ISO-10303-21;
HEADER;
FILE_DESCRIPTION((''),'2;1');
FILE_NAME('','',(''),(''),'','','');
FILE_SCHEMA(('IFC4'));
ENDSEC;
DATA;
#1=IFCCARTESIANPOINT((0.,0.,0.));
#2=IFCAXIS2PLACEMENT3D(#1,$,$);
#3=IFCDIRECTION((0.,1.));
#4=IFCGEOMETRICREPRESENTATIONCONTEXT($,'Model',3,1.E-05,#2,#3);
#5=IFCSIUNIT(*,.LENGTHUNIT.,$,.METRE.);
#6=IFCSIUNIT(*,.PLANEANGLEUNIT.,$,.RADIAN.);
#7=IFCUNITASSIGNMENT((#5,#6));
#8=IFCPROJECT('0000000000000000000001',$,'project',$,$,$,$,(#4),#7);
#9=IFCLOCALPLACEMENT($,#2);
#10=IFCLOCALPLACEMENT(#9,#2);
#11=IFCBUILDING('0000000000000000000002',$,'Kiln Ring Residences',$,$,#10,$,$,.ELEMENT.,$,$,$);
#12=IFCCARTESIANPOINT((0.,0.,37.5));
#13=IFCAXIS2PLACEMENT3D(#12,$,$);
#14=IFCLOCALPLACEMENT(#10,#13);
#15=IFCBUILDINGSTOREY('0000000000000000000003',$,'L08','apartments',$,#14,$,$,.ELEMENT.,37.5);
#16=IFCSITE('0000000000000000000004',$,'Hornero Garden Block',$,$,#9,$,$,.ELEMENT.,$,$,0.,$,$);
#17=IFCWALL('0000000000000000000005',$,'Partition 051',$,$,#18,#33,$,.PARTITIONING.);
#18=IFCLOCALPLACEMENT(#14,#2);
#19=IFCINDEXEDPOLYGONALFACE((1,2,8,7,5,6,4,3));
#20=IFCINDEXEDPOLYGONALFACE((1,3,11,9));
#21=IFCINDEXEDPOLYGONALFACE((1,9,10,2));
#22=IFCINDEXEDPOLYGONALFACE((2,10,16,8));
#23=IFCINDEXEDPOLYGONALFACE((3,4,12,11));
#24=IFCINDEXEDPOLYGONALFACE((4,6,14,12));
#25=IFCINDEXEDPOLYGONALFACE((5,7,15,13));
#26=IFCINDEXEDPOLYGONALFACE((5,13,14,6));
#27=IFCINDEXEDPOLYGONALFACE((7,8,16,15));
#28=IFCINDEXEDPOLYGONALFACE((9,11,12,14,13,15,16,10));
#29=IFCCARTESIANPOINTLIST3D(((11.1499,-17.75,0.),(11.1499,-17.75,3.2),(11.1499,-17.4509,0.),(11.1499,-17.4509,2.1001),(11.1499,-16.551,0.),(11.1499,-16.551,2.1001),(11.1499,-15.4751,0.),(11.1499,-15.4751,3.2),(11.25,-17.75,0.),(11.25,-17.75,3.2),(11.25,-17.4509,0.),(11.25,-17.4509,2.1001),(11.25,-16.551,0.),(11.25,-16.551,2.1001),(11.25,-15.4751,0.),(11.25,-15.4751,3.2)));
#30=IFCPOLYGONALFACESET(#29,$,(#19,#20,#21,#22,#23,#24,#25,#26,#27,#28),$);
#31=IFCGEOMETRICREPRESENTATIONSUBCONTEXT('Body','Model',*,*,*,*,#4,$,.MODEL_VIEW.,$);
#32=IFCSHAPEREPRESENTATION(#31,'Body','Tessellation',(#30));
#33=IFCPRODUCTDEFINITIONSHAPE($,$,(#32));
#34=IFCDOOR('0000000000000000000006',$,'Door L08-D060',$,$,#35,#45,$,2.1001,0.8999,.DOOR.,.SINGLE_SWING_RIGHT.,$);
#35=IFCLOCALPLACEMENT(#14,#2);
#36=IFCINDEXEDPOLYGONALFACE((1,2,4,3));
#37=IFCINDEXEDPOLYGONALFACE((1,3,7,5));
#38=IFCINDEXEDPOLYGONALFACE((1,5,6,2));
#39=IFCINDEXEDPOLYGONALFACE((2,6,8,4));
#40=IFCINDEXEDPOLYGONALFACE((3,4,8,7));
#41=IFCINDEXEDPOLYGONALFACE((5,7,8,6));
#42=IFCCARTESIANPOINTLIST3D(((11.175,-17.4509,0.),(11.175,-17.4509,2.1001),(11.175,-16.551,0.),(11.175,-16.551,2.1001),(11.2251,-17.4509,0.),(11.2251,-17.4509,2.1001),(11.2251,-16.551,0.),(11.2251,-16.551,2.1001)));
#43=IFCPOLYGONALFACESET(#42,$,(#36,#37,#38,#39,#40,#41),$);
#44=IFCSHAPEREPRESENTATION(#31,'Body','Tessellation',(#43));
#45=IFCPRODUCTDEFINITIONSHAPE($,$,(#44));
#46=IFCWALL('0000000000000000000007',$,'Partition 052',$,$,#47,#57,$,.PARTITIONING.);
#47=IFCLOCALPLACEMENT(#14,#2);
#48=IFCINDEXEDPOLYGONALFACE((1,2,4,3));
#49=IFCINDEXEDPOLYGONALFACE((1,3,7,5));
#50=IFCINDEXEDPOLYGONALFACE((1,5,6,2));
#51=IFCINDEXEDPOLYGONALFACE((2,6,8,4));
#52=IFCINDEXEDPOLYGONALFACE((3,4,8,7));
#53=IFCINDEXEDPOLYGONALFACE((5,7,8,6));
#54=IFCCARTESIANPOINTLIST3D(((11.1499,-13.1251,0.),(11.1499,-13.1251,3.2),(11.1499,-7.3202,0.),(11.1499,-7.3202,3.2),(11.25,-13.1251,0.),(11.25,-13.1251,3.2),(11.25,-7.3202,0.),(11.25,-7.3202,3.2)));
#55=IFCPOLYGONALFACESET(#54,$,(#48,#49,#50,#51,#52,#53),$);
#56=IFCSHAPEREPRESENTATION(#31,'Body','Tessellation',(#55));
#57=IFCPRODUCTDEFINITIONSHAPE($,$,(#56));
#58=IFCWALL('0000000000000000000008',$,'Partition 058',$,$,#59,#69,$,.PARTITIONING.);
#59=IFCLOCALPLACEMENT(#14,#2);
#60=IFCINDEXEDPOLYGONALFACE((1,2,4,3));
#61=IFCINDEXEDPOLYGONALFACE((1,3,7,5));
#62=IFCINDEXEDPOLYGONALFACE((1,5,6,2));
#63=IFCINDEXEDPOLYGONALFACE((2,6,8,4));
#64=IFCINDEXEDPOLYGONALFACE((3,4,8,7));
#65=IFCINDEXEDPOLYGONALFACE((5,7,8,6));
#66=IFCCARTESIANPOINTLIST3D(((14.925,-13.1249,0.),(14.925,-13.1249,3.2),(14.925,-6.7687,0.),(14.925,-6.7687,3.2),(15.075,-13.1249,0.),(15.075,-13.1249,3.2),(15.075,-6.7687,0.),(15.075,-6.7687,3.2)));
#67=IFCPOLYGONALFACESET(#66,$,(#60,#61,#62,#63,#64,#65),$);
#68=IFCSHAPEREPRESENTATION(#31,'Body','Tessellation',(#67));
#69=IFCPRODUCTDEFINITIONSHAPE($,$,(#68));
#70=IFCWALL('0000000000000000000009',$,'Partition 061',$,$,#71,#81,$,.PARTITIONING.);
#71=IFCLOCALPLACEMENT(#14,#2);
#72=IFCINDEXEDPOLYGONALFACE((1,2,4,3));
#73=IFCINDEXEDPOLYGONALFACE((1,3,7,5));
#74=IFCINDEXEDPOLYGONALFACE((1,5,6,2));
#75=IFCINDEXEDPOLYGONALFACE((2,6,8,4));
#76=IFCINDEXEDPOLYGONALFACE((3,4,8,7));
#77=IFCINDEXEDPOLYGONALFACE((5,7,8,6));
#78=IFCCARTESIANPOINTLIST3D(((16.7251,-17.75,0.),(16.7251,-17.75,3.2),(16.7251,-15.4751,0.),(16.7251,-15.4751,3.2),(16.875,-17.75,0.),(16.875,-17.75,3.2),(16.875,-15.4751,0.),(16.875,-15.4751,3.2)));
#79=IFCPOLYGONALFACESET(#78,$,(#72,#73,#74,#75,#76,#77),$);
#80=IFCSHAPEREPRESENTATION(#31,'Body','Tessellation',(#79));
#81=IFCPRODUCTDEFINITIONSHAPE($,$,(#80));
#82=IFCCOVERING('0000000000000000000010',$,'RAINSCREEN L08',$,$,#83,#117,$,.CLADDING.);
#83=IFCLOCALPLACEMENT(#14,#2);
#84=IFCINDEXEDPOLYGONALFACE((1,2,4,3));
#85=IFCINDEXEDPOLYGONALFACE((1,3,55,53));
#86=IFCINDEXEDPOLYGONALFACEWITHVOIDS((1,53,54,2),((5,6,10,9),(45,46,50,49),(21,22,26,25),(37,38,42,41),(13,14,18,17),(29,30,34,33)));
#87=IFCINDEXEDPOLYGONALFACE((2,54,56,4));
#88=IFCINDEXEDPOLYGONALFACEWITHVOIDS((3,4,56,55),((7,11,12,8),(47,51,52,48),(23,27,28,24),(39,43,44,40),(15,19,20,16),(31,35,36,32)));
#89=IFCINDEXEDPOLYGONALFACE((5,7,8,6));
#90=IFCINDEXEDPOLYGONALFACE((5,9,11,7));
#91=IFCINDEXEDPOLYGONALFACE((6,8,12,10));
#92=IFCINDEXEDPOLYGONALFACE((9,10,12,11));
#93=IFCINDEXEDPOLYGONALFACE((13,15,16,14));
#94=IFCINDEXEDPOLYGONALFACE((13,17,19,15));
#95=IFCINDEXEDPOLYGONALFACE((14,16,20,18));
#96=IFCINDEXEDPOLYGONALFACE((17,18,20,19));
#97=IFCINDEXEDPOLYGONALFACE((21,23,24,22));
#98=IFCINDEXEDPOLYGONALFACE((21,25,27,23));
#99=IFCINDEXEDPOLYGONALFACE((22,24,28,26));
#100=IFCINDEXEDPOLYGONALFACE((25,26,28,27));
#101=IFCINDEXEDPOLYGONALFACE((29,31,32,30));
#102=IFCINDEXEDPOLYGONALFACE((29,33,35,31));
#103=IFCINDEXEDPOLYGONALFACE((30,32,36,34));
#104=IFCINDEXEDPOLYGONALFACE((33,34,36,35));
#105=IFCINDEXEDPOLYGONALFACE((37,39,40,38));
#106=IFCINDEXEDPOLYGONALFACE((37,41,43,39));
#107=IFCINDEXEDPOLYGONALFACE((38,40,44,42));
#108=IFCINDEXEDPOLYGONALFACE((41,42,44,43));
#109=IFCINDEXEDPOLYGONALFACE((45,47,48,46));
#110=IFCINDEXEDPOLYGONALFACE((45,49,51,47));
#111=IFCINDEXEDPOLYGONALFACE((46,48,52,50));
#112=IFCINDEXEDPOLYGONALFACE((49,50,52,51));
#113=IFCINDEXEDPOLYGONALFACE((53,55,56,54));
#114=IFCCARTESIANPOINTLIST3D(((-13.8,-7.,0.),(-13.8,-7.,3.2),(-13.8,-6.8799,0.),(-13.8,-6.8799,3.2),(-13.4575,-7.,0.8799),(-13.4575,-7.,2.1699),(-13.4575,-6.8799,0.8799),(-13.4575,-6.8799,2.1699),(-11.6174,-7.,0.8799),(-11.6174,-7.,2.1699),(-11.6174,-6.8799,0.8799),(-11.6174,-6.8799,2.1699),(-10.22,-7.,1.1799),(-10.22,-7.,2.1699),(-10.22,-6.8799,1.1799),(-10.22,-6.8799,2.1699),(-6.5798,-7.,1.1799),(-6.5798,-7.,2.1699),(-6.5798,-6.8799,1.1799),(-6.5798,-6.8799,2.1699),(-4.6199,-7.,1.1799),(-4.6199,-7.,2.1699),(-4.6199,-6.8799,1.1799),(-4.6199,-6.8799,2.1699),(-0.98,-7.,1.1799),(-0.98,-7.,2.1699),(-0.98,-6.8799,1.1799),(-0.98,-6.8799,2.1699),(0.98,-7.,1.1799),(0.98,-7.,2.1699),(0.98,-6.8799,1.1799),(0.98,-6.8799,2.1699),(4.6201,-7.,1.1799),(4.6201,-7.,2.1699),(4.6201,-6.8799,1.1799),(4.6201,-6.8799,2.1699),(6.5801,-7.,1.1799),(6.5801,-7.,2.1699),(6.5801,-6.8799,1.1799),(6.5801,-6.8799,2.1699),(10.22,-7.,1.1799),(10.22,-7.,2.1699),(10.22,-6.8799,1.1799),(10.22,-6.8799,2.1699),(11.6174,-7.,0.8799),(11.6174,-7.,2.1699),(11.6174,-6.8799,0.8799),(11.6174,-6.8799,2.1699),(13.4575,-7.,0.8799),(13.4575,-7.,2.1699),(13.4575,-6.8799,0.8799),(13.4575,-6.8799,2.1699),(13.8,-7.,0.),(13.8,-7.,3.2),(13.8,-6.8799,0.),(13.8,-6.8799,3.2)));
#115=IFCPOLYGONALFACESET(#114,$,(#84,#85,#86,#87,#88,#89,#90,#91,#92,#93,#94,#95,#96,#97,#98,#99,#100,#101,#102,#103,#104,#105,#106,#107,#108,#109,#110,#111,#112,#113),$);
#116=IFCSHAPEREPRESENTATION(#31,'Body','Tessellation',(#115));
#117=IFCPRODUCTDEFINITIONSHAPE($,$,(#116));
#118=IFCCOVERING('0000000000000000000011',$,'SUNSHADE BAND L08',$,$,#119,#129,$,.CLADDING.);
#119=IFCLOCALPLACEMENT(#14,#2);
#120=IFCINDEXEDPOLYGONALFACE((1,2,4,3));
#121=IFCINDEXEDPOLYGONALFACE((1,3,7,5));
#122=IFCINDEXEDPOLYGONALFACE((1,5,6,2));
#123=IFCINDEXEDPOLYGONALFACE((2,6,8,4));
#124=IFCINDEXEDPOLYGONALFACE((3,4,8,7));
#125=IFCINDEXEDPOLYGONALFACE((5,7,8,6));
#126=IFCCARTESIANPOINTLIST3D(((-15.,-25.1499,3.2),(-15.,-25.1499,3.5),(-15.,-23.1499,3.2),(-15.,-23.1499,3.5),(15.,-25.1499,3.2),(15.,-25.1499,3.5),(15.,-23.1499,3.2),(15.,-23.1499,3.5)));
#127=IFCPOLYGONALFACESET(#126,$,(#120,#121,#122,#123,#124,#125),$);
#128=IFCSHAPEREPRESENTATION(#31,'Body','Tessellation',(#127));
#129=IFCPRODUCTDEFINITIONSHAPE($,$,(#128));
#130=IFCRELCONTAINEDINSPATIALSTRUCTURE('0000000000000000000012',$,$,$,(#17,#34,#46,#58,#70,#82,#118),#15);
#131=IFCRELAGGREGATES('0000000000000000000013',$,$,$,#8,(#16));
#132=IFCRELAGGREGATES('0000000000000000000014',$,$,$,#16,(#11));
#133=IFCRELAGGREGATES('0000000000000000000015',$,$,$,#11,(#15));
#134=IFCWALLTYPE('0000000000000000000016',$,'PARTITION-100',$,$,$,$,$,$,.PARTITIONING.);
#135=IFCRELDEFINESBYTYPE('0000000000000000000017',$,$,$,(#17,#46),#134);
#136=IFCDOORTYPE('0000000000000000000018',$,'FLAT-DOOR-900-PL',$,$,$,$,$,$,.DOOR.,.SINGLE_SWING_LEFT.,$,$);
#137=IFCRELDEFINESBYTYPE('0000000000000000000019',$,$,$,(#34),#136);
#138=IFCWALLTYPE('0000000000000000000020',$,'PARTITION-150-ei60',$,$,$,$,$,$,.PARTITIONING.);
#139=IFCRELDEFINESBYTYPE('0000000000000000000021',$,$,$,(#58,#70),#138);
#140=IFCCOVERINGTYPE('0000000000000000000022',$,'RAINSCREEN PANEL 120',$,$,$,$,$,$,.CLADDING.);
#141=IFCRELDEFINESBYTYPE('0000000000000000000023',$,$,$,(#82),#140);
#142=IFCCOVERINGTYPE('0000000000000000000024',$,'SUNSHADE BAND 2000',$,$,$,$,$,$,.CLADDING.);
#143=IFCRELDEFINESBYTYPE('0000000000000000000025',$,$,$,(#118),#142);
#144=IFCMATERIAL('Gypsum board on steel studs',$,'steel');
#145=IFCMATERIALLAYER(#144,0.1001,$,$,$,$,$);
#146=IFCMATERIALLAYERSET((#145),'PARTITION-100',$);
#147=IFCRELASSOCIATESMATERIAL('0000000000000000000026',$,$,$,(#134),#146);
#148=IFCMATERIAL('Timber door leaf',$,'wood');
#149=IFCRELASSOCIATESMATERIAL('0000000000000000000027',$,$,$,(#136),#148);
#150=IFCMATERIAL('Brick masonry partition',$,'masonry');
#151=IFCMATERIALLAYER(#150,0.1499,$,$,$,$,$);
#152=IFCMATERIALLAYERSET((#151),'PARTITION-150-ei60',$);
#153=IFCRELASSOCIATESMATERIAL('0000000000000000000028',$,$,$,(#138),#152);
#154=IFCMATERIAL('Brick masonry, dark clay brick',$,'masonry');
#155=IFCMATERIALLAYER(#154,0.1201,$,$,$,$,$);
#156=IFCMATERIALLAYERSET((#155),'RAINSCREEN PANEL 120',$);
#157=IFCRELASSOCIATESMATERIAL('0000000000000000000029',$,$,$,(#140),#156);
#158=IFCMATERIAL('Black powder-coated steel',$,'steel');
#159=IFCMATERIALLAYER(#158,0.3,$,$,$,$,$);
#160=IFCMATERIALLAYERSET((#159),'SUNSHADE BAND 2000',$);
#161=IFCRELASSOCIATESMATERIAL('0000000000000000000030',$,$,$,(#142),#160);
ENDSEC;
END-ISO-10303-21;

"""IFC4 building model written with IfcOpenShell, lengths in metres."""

from ifc_helpers import new_model, si_unit, direction, frame, frame_2d, origin, place, context, subcontext, project, spatial, polyline, rectangle, outline, extrude, material, layer, layer_set, type_object, element, fill, save


model = new_model("IFC4")

# Units and contexts
model_context = context("Model", 3, precision=1e-05, world=origin(), true_north=direction((0.0, 1.0)))
body_context = subcontext(model_context, "Body", "Model", "MODEL_VIEW")
ifc_project = project(units=[si_unit("LENGTHUNIT", "METRE"), si_unit("PLANEANGLEUNIT", "RADIAN")], contexts=[model_context])

# Site, building, storey
site_placement = place(None, origin())
site = spatial("IfcSite", under=ifc_project, at=site_placement, Name="Hornero Garden Block", CompositionType="ELEMENT", RefElevation=0.0)
building_placement = place(site_placement, origin())
building = spatial("IfcBuilding", under=site, at=building_placement, Name="Kiln Ring Residences", CompositionType="ELEMENT")
storey_placement = place(building_placement, frame((0.0, 0.0, 37.5)))
storey = spatial("IfcBuildingStorey", under=building, at=storey_placement, Name="L08", Description="apartments", CompositionType="ELEMENT", Elevation=37.5)

# Shared definitions
ifc_material_1 = material(Name="Gypsum board on steel studs", Category="steel")
ifc_layer_1 = layer(ifc_material_1, 0.1001)
ifc_layer_set_1 = layer_set([ifc_layer_1], Name="PARTITION-100")
wall_type_1 = type_object("IfcWallType", Name="PARTITION-100", PredefinedType="PARTITIONING", material=ifc_layer_set_1)

# Wall, opening, door
wall_1_placement = place(storey_placement, frame((11.2, -17.75, 0.0), z_axis=(0.0, 0.0, 1.0), x_axis=(0.0, 1.0, 0.0)))
wall_1 = element("IfcWall", 1, at=wall_1_placement, inside=storey, type_object=wall_type_1, Name="Partition 051", PredefinedType="PARTITIONING", context=body_context, shape_type="SweptSolid", body=[
    extrude(rectangle(XDim=2.2749, YDim=0.1001, at=frame_2d((1.1375, 0.0))), origin(), (0.0, 0.0, 1.0), 3.2),
])
opening_1_placement = place(wall_1_placement, frame((0.2991, 0.0, 0.0)))
opening_1 = element("IfcOpeningElement", 2, at=opening_1_placement, cuts=wall_1, PredefinedType="OPENING", context=body_context, shape_type="SweptSolid", body=[
    extrude(rectangle(XDim=0.8999, YDim=2.1001, at=frame_2d((0.45, 1.05))), frame((0.0, 0.0601, 0.0), z_axis=(0.0, -1.0, 0.0), x_axis=(1.0, 0.0, 0.0)), (0.0, 0.0, 1.0), 0.1201),
])
ifc_material_2 = material(Name="Timber door leaf", Category="wood")
door_type = type_object("IfcDoorType", Name="FLAT-DOOR-900-PL", OperationType="SINGLE_SWING_LEFT", PredefinedType="DOOR", material=ifc_material_2)
door_placement = place(opening_1_placement, origin())
door = element("IfcDoor", 3, at=door_placement, inside=storey, type_object=door_type, Name="Door L08-D060", OperationType="SINGLE_SWING_RIGHT", OverallHeight=2.1001, OverallWidth=0.8999, PredefinedType="DOOR", context=body_context, shape_type="SweptSolid", body=[
    extrude(rectangle(XDim=0.8999, YDim=2.1001, at=frame_2d((0.45, 1.05))), frame((0.0, 0.0249, 0.0), z_axis=(0.0, -1.0, 0.0), x_axis=(1.0, 0.0, 0.0)), (0.0, 0.0, 1.0), 0.05),
])
fill(opening_1, door)

# Walls
wall_2_placement = place(storey_placement, frame((11.2, -13.125, 0.0), z_axis=(0.0, 0.0, 1.0), x_axis=(0.0, 1.0, 0.0)))
element("IfcWall", 4, at=wall_2_placement, inside=storey, type_object=wall_type_1, Name="Partition 052", PredefinedType="PARTITIONING", context=body_context, shape_type="SweptSolid", body=[
    extrude(rectangle(XDim=5.8049, YDim=0.1001, at=frame_2d((2.9023, 0.0))), origin(), (0.0, 0.0, 1.0), 3.2),
])
ifc_material_3 = material(Name="Brick masonry partition", Category="masonry")
ifc_layer_2 = layer(ifc_material_3, 0.1499)
ifc_layer_set_2 = layer_set([ifc_layer_2], Name="PARTITION-150-ei60")
wall_type_2 = type_object("IfcWallType", Name="PARTITION-150-ei60", PredefinedType="PARTITIONING", material=ifc_layer_set_2)
wall_3_placement = place(storey_placement, frame((15.0, -13.125, 0.0), z_axis=(0.0, 0.0, 1.0), x_axis=(0.0, 1.0, 0.0)))
element("IfcWall", 5, at=wall_3_placement, inside=storey, type_object=wall_type_2, Name="Partition 058", PredefinedType="PARTITIONING", context=body_context, shape_type="SweptSolid", body=[
    extrude(rectangle(XDim=6.3562, YDim=0.1499, at=frame_2d((3.1782, 0.0))), origin(), (0.0, 0.0, 1.0), 3.2),
])
wall_4_placement = place(storey_placement, frame((16.8, -17.75, 0.0), z_axis=(0.0, 0.0, 1.0), x_axis=(0.0, 1.0, 0.0)))
element("IfcWall", 6, at=wall_4_placement, inside=storey, type_object=wall_type_2, Name="Partition 061", PredefinedType="PARTITIONING", context=body_context, shape_type="SweptSolid", body=[
    extrude(rectangle(XDim=2.2749, YDim=0.1499, at=frame_2d((1.1375, 0.0))), origin(), (0.0, 0.0, 1.0), 3.2),
])

# Coverings
ifc_material_4 = material(Name="Brick masonry, dark clay brick", Category="masonry")
ifc_layer_3 = layer(ifc_material_4, 0.1201)
ifc_layer_set_3 = layer_set([ifc_layer_3], Name="RAINSCREEN PANEL 120")
covering_type_1 = type_object("IfcCoveringType", Name="RAINSCREEN PANEL 120", PredefinedType="CLADDING", material=ifc_layer_set_3)
covering_1_placement = place(storey_placement, frame((13.8, -6.9399, 0.0), z_axis=(0.0, 0.0, 1.0), x_axis=(-1.0, 0.0, 0.0)))
element("IfcCovering", 7, at=covering_1_placement, inside=storey, type_object=covering_type_1, Name="RAINSCREEN L08", PredefinedType="CLADDING", context=body_context, shape_type="SweptSolid", body=[
    extrude(outline(polyline([(0.0, 0.0), (27.6001, 0.0), (27.6001, 3.2), (0.0, 3.2), (0.0, 0.0)]), holes=[polyline([(2.1826, 0.8799), (2.1826, 2.1699), (0.3425, 2.1699), (0.3425, 0.8799), (2.1826, 0.8799)]), polyline([(25.4175, 0.8799), (27.2576, 0.8799), (27.2576, 2.1699), (25.4175, 2.1699), (25.4175, 0.8799)]), polyline([(3.5801, 1.1799), (7.22, 1.1799), (7.22, 2.1699), (3.5801, 2.1699), (3.5801, 1.1799)]), polyline([(12.8201, 1.1799), (12.8201, 2.1699), (9.1799, 2.1699), (9.1799, 1.1799), (12.8201, 1.1799)]), polyline([(14.78, 1.1799), (18.4199, 1.1799), (18.4199, 2.1699), (14.78, 2.1699), (14.78, 1.1799)]), polyline([(20.3799, 1.1799), (24.02, 1.1799), (24.02, 2.1699), (20.3799, 2.1699), (20.3799, 1.1799)])]), frame((0.0, 0.0601, 0.0), z_axis=(0.0, -1.0, 0.0), x_axis=(1.0, 0.0, 0.0)), (0.0, 0.0, 1.0), 0.1201),
])
ifc_material_5 = material(Name="Black powder-coated steel", Category="steel")
ifc_layer_4 = layer(ifc_material_5, 0.3)
ifc_layer_set_4 = layer_set([ifc_layer_4], Name="SUNSHADE BAND 2000")
covering_type_2 = type_object("IfcCoveringType", Name="SUNSHADE BAND 2000", PredefinedType="CLADDING", material=ifc_layer_set_4)
covering_2_placement = place(storey_placement, frame((0.0, 0.0, 3.2)))
element("IfcCovering", 8, at=covering_2_placement, inside=storey, type_object=covering_type_2, Name="SUNSHADE BAND L08", PredefinedType="CLADDING", context=body_context, shape_type="SweptSolid", body=[
    extrude(outline(polyline([(-15.0, -25.1499), (15.0, -25.1499), (15.0, -23.1499), (-15.0, -23.1499), (-15.0, -25.1499)])), origin(), (0.0, 0.0, 1.0), 0.3),
])

save(model, "model.ifc")
